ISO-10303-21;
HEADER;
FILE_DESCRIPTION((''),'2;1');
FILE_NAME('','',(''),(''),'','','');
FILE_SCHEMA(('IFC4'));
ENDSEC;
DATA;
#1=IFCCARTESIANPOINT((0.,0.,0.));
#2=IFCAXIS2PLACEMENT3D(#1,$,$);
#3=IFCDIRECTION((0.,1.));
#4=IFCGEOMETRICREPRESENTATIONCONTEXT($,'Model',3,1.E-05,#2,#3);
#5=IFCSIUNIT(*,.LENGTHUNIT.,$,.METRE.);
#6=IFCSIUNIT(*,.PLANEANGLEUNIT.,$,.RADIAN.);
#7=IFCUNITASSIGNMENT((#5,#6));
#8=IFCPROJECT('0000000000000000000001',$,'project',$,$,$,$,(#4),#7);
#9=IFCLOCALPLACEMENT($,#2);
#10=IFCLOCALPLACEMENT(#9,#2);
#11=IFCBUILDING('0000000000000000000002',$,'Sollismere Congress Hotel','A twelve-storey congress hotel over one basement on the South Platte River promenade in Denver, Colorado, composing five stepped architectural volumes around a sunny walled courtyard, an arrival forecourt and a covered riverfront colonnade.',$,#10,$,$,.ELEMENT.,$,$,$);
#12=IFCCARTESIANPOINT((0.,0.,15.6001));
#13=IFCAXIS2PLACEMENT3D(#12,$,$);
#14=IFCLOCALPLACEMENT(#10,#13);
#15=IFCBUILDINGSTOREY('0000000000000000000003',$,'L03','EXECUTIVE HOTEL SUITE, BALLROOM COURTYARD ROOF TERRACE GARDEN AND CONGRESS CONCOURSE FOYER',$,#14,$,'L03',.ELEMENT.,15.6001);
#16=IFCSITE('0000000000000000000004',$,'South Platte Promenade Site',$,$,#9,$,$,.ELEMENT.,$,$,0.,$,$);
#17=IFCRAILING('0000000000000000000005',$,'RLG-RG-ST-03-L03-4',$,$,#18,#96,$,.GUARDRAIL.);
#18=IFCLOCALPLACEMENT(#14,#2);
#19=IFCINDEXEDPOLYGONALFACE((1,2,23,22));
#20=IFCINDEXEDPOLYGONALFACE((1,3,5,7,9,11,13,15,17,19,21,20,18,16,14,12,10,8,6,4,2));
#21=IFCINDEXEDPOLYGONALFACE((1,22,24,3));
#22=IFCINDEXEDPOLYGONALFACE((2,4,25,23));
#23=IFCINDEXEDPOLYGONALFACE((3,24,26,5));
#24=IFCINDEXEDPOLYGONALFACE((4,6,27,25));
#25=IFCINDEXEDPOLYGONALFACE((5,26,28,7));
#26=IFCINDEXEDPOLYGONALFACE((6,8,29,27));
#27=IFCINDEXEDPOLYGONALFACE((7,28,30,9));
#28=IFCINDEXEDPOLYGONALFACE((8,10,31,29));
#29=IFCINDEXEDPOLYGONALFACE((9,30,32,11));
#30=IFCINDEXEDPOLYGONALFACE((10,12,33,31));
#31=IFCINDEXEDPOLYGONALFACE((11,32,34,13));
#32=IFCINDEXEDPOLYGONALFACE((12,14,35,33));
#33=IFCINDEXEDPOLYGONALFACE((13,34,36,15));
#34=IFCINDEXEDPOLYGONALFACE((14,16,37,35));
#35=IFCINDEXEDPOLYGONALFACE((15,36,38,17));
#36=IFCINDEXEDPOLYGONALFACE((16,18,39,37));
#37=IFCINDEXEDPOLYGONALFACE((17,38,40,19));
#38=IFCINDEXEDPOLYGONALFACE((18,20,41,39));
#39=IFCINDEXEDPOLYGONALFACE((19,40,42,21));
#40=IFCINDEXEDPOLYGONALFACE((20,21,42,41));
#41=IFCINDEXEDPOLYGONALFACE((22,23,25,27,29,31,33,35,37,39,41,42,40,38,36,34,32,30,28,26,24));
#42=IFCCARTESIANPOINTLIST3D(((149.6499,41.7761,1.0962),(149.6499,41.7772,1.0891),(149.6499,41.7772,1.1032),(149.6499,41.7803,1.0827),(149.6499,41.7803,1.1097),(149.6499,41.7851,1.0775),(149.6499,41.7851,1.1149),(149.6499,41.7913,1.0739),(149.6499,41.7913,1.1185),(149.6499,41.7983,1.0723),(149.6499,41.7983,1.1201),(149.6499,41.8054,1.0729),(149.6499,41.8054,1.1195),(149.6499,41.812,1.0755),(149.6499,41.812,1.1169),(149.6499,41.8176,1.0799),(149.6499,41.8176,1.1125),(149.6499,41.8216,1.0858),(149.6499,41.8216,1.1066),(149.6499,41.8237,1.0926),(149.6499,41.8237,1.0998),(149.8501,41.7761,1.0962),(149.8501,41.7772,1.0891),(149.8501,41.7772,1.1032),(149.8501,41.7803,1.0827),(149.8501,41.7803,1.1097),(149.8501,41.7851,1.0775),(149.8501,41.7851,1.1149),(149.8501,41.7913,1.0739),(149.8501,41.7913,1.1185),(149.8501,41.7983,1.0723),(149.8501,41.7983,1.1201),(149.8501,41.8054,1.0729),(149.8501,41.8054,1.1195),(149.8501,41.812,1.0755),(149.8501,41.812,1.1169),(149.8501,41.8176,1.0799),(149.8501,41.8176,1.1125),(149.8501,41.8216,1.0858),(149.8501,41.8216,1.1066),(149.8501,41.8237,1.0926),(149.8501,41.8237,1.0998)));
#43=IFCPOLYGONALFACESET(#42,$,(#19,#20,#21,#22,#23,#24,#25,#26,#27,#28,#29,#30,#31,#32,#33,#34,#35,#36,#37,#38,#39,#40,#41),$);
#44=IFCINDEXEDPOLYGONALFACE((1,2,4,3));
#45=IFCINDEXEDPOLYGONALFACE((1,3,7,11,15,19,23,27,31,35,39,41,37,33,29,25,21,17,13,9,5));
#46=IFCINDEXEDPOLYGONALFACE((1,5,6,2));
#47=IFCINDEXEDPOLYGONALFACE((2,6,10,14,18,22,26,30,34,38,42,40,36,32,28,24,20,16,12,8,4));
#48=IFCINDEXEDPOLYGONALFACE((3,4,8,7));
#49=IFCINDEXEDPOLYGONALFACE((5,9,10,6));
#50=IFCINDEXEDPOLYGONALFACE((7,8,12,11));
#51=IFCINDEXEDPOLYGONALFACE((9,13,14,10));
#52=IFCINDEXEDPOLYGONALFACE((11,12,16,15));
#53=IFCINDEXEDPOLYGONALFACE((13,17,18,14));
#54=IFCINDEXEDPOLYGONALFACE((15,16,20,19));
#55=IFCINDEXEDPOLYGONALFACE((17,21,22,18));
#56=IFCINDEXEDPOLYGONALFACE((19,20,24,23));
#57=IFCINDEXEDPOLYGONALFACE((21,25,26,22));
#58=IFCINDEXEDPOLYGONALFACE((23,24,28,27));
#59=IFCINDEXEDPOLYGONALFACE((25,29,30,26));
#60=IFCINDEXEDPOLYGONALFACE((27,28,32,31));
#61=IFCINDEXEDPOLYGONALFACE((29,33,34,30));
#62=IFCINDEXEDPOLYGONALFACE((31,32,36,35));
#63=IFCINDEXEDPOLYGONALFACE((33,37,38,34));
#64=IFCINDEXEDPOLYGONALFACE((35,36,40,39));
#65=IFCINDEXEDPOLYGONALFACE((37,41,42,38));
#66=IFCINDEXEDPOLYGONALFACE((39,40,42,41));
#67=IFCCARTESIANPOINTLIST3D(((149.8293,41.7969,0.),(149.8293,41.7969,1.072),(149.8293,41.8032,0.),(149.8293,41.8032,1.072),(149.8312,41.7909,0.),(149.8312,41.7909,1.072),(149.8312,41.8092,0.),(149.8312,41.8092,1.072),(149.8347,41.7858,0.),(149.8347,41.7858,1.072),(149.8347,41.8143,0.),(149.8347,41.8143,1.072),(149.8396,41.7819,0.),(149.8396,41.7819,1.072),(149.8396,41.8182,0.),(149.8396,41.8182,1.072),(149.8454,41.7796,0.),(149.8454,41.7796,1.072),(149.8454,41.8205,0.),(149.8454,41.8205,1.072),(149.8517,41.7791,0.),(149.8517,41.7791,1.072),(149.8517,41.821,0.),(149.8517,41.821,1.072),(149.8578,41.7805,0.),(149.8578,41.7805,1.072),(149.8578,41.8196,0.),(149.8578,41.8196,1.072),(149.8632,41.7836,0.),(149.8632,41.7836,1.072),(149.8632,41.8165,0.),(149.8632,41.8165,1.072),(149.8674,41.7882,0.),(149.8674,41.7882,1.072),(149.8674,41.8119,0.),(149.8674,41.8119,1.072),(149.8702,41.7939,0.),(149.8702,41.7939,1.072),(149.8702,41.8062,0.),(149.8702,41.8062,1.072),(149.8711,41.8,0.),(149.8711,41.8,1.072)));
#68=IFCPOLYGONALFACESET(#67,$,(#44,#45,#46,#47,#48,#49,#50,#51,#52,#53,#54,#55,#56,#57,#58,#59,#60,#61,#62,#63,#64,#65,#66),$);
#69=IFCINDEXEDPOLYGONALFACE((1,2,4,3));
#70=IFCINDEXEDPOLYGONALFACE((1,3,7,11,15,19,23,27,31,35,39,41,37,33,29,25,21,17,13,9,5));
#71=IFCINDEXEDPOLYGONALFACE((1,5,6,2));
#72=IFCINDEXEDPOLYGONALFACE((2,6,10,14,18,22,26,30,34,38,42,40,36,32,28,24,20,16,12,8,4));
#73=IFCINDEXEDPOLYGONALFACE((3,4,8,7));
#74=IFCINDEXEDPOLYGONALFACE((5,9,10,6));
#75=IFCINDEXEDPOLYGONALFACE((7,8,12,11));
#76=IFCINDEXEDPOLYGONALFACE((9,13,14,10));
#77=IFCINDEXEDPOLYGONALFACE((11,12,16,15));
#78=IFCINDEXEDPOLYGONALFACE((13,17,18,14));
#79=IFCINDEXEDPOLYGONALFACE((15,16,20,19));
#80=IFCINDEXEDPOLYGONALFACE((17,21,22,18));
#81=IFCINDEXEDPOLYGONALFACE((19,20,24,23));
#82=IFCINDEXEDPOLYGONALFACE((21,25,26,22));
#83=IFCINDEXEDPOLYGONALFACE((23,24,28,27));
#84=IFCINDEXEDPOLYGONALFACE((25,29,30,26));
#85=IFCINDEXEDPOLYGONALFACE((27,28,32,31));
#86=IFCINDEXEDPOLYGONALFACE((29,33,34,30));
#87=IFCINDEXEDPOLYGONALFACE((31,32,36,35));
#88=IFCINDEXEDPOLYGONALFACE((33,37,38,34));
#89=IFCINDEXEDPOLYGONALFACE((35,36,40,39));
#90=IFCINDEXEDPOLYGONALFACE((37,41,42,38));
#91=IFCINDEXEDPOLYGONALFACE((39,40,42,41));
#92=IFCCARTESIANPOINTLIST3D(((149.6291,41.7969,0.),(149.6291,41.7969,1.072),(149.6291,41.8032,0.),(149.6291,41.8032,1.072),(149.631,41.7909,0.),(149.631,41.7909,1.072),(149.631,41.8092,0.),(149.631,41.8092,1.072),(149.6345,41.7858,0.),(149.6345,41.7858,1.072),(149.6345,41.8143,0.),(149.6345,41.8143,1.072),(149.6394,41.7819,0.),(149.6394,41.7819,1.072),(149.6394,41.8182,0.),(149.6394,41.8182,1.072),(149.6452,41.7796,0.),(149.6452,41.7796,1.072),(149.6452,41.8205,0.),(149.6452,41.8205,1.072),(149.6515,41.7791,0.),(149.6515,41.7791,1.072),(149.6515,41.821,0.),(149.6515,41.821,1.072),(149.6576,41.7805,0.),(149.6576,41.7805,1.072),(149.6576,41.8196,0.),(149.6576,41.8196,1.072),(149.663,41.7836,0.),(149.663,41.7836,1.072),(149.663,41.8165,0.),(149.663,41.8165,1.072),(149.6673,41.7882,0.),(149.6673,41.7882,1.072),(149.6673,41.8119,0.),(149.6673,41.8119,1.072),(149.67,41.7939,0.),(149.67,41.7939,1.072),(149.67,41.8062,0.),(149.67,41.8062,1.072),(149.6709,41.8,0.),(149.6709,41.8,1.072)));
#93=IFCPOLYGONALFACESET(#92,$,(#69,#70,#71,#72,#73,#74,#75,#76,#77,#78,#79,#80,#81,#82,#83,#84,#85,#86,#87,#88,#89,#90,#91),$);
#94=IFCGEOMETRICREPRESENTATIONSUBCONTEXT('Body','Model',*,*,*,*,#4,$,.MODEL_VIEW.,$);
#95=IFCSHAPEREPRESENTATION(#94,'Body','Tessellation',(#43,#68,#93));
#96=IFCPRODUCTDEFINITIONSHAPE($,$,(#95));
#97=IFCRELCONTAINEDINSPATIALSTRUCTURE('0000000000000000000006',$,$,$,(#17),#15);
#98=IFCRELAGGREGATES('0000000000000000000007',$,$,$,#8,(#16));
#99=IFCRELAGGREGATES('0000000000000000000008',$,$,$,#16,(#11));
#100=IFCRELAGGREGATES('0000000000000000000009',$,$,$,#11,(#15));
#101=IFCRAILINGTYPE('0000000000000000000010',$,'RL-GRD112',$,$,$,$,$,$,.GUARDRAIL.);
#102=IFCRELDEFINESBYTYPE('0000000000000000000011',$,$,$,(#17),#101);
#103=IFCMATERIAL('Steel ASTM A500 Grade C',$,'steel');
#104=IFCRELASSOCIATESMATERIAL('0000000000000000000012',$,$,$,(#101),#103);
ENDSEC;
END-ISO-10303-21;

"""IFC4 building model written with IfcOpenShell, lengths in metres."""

from ifc_helpers import new_model, si_unit, direction, frame, origin, origin_2d, place, context, subcontext, project, spatial, circle, extrude, material, type_object, element, save


model = new_model("IFC4")

# Units and contexts
model_context = context("Model", 3, precision=1e-05, world=origin(), true_north=direction((0.0, 1.0)))
body_context = subcontext(model_context, "Body", "Model", "MODEL_VIEW")
ifc_project = project(units=[si_unit("LENGTHUNIT", "METRE"), si_unit("PLANEANGLEUNIT", "RADIAN")], contexts=[model_context])

# Site, building, storey
site_placement = place(None, origin())
site = spatial("IfcSite", under=ifc_project, at=site_placement, Name="South Platte Promenade Site", CompositionType="ELEMENT", RefElevation=0.0)
building_placement = place(site_placement, origin())
building = spatial("IfcBuilding", under=site, at=building_placement, Name="Sollismere Congress Hotel", Description="A twelve-storey congress hotel over one basement on the South Platte River promenade in Denver, Colorado, composing five stepped architectural volumes around a sunny walled courtyard, an arrival forecourt and a covered riverfront colonnade.", CompositionType="ELEMENT")
storey_placement = place(building_placement, frame((0.0, 0.0, 15.6001)))
storey = spatial("IfcBuildingStorey", under=building, at=storey_placement, Name="L03", Description="EXECUTIVE HOTEL SUITE, BALLROOM COURTYARD ROOF TERRACE GARDEN AND CONGRESS CONCOURSE FOYER", LongName="L03", CompositionType="ELEMENT", Elevation=15.6001)

# Railing
ifc_material_1 = material(Name="Steel ASTM A500 Grade C", Category="steel")
railing_type_1 = type_object("IfcRailingType", Name="RL-GRD112", PredefinedType="GUARDRAIL", material=ifc_material_1)
railing_1_placement = place(storey_placement, frame((149.8501, 41.8, 0.0)))
element("IfcRailing", 1, at=railing_1_placement, inside=storey, type_object=railing_type_1, Name="RLG-RG-ST-03-L03-4", PredefinedType="GUARDRAIL", context=body_context, shape_type="SweptSolid", body=[
    extrude(circle(Radius=0.0239, at=origin_2d()), frame((0.0, 0.0, 1.0962), z_axis=(-1.0, 0.0, 0.0), x_axis=(0.0, -1.0, 0.0)), (0.0, 0.0, 1.0), 0.2002),
    extrude(circle(Radius=0.021, at=origin_2d()), origin(), (0.0, 0.0, 1.0), 1.072),
    extrude(circle(Radius=0.021, at=origin_2d()), frame((-0.2002, 0.0, 0.0)), (0.0, 0.0, 1.0), 1.072),
])

save(model, "model.ifc")
